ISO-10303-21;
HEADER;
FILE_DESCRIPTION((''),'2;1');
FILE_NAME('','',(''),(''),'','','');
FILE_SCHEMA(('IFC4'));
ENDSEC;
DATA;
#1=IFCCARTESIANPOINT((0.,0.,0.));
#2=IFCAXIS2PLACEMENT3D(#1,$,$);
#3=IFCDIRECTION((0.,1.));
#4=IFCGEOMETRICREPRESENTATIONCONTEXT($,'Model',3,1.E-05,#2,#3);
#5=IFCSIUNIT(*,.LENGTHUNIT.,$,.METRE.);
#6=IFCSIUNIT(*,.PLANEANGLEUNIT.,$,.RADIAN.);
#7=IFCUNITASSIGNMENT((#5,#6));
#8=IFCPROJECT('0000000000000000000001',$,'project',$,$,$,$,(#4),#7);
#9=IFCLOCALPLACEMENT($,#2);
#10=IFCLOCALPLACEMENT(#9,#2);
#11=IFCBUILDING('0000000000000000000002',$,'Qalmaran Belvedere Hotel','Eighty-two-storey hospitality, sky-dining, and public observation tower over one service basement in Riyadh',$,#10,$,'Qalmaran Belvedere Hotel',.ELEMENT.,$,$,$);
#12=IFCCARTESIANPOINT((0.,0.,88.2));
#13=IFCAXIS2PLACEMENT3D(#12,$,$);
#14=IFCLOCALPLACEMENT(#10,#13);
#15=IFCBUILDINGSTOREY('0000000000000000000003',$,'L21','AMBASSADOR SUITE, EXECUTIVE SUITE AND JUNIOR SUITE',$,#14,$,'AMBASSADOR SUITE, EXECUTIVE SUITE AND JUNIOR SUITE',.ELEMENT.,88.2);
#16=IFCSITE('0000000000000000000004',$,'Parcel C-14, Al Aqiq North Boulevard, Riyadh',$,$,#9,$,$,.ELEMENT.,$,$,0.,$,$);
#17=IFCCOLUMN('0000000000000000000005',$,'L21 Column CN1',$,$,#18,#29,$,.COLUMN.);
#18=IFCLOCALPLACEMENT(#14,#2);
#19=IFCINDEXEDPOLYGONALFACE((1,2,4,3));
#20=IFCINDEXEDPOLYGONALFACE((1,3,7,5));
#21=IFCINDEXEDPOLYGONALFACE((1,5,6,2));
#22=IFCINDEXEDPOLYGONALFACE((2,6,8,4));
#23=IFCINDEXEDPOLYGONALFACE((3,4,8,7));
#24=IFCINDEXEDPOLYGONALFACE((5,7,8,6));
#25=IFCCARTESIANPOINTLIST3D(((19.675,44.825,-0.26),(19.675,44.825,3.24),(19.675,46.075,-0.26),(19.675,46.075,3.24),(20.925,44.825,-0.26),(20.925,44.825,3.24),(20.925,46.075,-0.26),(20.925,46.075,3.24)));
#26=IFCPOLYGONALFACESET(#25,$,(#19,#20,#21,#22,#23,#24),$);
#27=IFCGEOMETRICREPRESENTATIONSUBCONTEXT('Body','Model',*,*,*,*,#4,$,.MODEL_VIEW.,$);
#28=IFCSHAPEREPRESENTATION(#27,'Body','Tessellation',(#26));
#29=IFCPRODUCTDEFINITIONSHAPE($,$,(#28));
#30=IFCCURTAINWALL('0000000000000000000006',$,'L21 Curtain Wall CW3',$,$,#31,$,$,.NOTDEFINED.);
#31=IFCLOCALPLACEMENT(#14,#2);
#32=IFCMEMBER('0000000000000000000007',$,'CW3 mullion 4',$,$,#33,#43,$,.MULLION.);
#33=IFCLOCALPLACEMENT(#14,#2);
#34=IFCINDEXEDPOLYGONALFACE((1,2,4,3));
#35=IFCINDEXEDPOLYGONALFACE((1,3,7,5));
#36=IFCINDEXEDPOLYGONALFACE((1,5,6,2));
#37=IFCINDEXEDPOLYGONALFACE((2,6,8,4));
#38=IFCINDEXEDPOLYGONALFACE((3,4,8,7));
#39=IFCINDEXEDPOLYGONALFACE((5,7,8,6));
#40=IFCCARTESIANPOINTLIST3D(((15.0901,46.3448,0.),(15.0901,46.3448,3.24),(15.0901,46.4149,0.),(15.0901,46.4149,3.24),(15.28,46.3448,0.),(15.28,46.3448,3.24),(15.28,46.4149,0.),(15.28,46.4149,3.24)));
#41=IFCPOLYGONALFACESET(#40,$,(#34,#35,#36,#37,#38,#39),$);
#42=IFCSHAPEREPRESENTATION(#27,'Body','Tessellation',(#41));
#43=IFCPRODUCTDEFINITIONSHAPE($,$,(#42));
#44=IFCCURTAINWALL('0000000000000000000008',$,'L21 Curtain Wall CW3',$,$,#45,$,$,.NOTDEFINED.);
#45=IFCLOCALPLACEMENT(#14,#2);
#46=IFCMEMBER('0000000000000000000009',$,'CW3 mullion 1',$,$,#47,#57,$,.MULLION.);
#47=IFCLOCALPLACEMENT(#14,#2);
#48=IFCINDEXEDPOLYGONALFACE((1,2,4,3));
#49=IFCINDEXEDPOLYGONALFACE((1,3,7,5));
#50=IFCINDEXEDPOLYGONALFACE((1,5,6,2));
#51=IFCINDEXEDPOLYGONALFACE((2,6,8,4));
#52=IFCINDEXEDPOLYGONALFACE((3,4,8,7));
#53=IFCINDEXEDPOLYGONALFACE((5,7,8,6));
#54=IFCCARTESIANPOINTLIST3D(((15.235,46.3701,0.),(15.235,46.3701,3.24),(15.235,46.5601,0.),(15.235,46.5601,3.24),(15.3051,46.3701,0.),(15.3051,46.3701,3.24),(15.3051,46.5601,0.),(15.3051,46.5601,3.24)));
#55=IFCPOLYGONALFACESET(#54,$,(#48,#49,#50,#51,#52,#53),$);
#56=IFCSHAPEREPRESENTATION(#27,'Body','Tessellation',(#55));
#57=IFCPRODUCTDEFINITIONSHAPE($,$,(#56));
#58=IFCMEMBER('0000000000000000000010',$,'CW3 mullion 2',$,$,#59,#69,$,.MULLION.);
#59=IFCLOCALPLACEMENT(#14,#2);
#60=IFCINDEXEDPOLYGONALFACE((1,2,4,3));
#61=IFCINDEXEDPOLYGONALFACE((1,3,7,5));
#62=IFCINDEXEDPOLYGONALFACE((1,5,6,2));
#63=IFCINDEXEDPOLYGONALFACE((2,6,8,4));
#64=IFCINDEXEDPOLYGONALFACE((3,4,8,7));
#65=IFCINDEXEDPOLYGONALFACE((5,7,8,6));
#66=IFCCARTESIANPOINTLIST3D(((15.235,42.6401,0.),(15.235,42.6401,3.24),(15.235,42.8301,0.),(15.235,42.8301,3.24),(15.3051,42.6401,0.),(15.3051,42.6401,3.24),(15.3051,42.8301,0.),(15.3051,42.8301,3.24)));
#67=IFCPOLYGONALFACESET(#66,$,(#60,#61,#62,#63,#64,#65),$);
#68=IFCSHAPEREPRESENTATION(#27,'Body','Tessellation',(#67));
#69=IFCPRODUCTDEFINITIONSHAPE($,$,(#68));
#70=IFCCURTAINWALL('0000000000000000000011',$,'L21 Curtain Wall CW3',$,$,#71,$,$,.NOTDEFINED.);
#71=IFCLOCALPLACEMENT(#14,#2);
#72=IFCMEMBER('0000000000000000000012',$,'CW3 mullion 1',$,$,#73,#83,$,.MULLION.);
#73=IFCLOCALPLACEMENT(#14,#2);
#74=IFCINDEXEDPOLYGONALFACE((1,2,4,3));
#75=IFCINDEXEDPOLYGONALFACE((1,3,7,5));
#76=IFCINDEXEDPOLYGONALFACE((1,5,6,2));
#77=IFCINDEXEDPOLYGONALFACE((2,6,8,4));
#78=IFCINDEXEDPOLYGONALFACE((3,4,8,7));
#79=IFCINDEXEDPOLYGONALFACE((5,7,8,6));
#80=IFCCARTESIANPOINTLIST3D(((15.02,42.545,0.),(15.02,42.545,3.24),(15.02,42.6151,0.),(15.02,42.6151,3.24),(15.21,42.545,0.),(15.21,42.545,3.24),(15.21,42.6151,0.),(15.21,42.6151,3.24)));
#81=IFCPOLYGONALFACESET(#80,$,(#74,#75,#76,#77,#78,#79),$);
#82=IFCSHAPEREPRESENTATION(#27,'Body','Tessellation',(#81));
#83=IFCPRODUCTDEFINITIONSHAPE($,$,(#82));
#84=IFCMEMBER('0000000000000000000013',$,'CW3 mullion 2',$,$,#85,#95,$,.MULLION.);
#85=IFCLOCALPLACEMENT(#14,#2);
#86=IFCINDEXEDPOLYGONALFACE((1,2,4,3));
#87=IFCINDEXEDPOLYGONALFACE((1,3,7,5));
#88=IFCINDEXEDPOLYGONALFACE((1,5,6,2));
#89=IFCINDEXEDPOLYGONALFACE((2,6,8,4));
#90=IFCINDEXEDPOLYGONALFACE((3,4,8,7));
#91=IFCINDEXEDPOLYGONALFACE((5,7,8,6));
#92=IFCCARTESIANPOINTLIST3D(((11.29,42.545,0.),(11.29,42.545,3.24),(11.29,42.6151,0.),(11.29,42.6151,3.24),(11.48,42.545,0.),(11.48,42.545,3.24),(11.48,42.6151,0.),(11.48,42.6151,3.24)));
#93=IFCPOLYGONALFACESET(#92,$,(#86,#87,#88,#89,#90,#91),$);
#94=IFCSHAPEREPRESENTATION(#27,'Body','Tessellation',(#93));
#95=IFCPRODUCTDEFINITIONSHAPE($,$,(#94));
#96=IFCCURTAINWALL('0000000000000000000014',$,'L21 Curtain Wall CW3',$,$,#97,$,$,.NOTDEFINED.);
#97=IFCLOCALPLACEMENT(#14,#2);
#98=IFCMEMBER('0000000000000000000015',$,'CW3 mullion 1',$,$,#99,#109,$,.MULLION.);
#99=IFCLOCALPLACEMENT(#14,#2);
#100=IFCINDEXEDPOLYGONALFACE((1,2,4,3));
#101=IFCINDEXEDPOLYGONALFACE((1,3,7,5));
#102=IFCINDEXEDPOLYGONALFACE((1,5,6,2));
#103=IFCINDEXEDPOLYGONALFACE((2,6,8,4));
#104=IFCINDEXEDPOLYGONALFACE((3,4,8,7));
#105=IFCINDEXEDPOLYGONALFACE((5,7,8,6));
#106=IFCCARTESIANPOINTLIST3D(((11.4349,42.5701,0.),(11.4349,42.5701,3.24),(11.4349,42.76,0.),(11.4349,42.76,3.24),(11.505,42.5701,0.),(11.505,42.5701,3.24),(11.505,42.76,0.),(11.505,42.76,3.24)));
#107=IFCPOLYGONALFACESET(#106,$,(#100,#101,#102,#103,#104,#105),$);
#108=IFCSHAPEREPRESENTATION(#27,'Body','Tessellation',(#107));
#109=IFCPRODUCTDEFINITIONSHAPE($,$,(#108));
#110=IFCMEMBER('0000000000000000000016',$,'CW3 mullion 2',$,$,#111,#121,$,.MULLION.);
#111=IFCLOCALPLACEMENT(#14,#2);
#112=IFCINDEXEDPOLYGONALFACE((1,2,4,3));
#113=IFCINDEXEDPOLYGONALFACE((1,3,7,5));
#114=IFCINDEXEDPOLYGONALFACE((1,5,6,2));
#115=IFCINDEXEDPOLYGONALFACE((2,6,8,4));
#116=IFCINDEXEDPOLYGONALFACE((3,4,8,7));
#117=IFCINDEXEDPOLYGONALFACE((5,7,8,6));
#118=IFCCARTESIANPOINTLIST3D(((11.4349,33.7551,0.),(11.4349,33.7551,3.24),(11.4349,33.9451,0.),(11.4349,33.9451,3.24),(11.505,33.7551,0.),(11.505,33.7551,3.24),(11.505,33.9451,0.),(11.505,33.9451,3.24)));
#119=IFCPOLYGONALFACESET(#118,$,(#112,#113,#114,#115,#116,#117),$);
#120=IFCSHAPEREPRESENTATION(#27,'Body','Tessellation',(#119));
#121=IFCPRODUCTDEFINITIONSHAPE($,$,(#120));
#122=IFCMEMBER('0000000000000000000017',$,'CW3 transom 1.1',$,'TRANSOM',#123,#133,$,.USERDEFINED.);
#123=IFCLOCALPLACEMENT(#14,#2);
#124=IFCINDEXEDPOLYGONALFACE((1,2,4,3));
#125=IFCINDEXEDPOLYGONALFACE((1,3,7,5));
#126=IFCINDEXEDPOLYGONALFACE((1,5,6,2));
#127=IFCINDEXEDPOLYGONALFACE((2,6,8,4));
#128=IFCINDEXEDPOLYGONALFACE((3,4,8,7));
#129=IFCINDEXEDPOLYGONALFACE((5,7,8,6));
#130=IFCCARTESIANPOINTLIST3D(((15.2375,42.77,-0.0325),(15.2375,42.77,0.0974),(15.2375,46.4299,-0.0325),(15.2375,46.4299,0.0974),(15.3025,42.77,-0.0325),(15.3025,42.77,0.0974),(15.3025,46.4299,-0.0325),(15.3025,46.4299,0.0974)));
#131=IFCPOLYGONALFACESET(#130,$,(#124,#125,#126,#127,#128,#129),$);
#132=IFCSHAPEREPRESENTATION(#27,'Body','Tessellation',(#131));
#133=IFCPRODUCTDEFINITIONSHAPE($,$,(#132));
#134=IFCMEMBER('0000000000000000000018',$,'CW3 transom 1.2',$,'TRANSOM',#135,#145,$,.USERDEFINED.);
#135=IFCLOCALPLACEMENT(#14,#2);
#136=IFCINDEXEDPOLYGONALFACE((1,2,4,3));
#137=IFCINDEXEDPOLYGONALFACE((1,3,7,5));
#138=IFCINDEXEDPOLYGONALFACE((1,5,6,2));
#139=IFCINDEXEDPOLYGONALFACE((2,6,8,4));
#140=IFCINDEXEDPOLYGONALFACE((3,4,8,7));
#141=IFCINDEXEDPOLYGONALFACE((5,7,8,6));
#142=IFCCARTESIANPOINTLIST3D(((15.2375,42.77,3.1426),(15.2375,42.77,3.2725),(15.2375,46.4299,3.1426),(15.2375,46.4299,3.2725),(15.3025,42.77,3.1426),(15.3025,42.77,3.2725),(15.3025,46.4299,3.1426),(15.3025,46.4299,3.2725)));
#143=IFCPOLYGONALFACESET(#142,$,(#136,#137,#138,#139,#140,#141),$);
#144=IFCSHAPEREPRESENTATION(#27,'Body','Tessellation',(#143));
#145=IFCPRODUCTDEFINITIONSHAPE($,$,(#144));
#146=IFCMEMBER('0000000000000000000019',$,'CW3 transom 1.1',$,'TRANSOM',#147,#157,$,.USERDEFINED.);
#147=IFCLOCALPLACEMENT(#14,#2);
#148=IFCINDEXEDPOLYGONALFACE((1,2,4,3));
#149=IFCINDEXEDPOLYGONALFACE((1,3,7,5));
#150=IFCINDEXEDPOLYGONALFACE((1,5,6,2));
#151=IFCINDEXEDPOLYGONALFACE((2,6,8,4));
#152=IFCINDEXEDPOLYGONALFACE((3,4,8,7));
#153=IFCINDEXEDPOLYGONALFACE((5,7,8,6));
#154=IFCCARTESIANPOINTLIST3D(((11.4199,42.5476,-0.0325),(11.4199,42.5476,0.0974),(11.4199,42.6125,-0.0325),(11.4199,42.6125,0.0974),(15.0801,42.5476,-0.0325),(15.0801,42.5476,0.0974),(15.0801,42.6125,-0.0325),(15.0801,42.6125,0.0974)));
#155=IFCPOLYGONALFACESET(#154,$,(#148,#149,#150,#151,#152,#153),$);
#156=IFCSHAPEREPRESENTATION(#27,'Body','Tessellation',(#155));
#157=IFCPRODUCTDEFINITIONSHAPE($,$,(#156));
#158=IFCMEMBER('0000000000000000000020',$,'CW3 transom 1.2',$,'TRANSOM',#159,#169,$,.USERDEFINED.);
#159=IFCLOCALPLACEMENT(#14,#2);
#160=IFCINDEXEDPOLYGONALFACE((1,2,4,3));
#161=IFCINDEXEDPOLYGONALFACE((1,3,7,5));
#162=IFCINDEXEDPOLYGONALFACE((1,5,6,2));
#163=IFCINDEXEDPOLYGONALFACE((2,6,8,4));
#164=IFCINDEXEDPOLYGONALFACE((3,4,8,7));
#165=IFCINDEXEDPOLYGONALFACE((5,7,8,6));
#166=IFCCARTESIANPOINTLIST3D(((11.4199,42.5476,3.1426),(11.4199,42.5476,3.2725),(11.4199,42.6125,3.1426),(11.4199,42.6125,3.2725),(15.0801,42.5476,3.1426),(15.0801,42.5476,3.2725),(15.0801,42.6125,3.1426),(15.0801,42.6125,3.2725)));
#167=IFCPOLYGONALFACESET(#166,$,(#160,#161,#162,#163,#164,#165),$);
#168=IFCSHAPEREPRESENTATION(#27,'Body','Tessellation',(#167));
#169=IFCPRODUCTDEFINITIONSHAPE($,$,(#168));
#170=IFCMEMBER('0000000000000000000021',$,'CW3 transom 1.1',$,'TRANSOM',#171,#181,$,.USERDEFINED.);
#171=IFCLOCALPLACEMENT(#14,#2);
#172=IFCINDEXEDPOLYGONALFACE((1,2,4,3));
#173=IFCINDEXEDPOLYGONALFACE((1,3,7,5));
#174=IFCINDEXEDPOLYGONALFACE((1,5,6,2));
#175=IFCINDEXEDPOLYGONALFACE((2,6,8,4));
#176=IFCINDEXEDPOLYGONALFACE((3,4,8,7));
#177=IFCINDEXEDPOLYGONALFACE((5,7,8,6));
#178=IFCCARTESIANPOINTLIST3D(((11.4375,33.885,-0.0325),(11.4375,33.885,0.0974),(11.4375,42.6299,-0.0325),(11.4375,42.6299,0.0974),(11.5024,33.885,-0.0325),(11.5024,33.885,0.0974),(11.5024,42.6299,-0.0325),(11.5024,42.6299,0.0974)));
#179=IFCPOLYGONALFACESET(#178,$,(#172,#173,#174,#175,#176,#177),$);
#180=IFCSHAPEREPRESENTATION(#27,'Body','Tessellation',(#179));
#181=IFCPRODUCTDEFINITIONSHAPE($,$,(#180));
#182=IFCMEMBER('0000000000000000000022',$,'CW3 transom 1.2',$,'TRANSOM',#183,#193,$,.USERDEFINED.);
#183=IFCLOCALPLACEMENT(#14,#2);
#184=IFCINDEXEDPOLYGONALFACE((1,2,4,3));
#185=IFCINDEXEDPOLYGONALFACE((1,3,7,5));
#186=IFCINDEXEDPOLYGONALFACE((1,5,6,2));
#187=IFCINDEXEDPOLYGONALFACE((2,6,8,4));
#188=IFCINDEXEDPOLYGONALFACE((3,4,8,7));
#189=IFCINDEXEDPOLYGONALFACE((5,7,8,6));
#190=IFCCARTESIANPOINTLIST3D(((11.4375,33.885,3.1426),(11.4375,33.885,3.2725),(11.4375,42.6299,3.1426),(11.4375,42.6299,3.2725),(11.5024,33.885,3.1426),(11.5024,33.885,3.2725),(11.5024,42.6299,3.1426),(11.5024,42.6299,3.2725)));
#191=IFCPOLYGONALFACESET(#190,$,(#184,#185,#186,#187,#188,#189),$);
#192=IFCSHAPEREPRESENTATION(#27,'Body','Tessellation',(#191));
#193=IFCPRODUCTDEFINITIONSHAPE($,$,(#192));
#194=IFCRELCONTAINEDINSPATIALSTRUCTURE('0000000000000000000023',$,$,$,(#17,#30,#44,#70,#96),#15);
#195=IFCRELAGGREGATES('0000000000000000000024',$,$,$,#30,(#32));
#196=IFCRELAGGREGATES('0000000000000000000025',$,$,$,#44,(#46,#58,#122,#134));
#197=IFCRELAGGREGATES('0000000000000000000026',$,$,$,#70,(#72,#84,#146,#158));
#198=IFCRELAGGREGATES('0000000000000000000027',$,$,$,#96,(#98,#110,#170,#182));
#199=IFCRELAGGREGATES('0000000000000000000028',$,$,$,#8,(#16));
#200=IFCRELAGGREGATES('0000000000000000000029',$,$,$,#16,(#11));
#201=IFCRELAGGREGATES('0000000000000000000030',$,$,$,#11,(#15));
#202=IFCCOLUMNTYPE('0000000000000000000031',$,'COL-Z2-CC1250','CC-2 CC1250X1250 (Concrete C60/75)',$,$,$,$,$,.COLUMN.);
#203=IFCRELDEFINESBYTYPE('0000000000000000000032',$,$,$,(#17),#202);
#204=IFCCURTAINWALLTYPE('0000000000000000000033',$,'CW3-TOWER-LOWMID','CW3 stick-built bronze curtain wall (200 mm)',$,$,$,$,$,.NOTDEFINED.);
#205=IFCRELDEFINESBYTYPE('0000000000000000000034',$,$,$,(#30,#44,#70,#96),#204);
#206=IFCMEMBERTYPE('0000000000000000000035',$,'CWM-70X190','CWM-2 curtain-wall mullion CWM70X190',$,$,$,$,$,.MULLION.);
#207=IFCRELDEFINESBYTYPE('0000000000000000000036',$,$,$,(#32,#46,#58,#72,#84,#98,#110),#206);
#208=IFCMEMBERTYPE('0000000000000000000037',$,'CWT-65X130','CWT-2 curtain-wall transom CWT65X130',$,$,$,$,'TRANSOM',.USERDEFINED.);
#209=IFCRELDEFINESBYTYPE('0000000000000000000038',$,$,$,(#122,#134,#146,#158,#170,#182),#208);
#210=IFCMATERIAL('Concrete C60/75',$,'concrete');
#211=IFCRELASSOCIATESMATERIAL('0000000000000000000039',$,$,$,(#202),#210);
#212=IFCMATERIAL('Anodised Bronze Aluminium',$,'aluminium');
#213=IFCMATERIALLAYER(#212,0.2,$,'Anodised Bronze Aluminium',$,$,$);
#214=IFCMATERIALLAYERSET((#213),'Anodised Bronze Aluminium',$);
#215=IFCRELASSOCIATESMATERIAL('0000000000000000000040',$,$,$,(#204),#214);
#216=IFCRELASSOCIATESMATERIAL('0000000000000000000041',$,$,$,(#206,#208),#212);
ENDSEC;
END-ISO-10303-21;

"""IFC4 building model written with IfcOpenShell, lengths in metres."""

from ifc_helpers import new_model, si_unit, direction, frame, origin, origin_2d, place, context, subcontext, project, spatial, rectangle, extrude, material, layer, layer_set, material_profile, profile_set, type_object, element, aggregate, save


model = new_model("IFC4")

# Units and contexts
model_context = context("Model", 3, precision=1e-05, world=origin(), true_north=direction((0.0, 1.0)))
body_context = subcontext(model_context, "Body", "Model", "MODEL_VIEW")
ifc_project = project(units=[si_unit("LENGTHUNIT", "METRE"), si_unit("PLANEANGLEUNIT", "RADIAN")], contexts=[model_context])

# Site, building, storey
site_placement = place(None, origin())
site = spatial("IfcSite", under=ifc_project, at=site_placement, Name="Parcel C-14, Al Aqiq North Boulevard, Riyadh", CompositionType="ELEMENT", RefElevation=0.0)
building_placement = place(site_placement, origin())
building = spatial("IfcBuilding", under=site, at=building_placement, Name="Qalmaran Belvedere Hotel", Description="Eighty-two-storey hospitality, sky-dining, and public observation tower over one service basement in Riyadh", LongName="Qalmaran Belvedere Hotel", CompositionType="ELEMENT")
storey_placement = place(building_placement, frame((0.0, 0.0, 88.2)))
storey = spatial("IfcBuildingStorey", under=building, at=storey_placement, Name="L21", Description="AMBASSADOR SUITE, EXECUTIVE SUITE AND JUNIOR SUITE", LongName="AMBASSADOR SUITE, EXECUTIVE SUITE AND JUNIOR SUITE", CompositionType="ELEMENT", Elevation=88.2)

# Column
ifc_material_1 = material(Name="Concrete C60/75", Category="concrete")
ifc_material_profile_1 = material_profile(ifc_material_1, rectangle(XDim=1.25, YDim=1.25, at=origin_2d()), Name="CC1250X1250")
ifc_profile_set_1 = profile_set([ifc_material_profile_1], Name="Concrete C60/75")
column_type = type_object("IfcColumnType", Name="COL-Z2-CC1250", Description="CC-2 CC1250X1250 (Concrete C60/75)", PredefinedType="COLUMN", material=ifc_profile_set_1)
column_placement = place(storey_placement, frame((20.3, 45.45, -0.26), z_axis=(0.0, 0.0, 1.0), x_axis=(1.0, 0.0, 0.0)))
element("IfcColumn", 1, at=column_placement, inside=storey, type_object=column_type, Name="L21 Column CN1", PredefinedType="COLUMN", context=body_context, shape_type="SweptSolid", body=[
    extrude(rectangle(XDim=1.25, YDim=1.25, at=origin_2d()), origin(), (0.0, 0.0, 1.0), 3.5),
])

# Curtain wall, member
ifc_material_2 = material(Name="Anodised Bronze Aluminium", Category="aluminium")
ifc_layer_1 = layer(ifc_material_2, 0.2, Name="Anodised Bronze Aluminium")
ifc_layer_set_1 = layer_set([ifc_layer_1], Name="Anodised Bronze Aluminium")
curtain_wall_type = type_object("IfcCurtainWallType", Name="CW3-TOWER-LOWMID", Description="CW3 stick-built bronze curtain wall (200 mm)", PredefinedType="NOTDEFINED", material=ifc_layer_set_1)
curtain_wall_1_placement = place(storey_placement, origin())
curtain_wall_1 = element("IfcCurtainWall", 2, at=curtain_wall_1_placement, inside=storey, type_object=curtain_wall_type, Name="L21 Curtain Wall CW3", PredefinedType="NOTDEFINED")
ifc_material_profile_2 = material_profile(ifc_material_2, rectangle(XDim=0.0701, YDim=0.1899, at=origin_2d()), Name="CWM70X190")
ifc_profile_set_2 = profile_set([ifc_material_profile_2], Name="Anodised Bronze Aluminium")
member_type_1 = type_object("IfcMemberType", Name="CWM-70X190", Description="CWM-2 curtain-wall mullion CWM70X190", PredefinedType="MULLION", material=ifc_profile_set_2)
member_1_placement = place(storey_placement, frame((15.1851, 46.3799, 0.0), z_axis=(0.0, 0.0, 1.0), x_axis=(0.0, -1.0, 0.0)))
member_1 = element("IfcMember", 3, at=member_1_placement, type_object=member_type_1, Name="CW3 mullion 4", PredefinedType="MULLION", context=body_context, shape_type="SweptSolid", body=[
    extrude(rectangle(XDim=0.0701, YDim=0.1899, at=origin_2d()), origin(), (0.0, 0.0, 1.0), 3.24),
])

# Curtain walls, members
curtain_wall_2_placement = place(storey_placement, origin())
curtain_wall_2 = element("IfcCurtainWall", 4, at=curtain_wall_2_placement, inside=storey, type_object=curtain_wall_type, Name="L21 Curtain Wall CW3", PredefinedType="NOTDEFINED")
member_2_placement = place(storey_placement, frame((15.27, 46.4651, 0.0), z_axis=(0.0, 0.0, 1.0), x_axis=(1.0, 0.0, 0.0)))
member_2 = element("IfcMember", 5, at=member_2_placement, type_object=member_type_1, Name="CW3 mullion 1", PredefinedType="MULLION", context=body_context, shape_type="SweptSolid", body=[
    extrude(rectangle(XDim=0.0701, YDim=0.1899, at=origin_2d()), origin(), (0.0, 0.0, 1.0), 3.24),
])
member_3_placement = place(storey_placement, frame((15.27, 42.7351, 0.0), z_axis=(0.0, 0.0, 1.0), x_axis=(1.0, 0.0, 0.0)))
member_3 = element("IfcMember", 6, at=member_3_placement, type_object=member_type_1, Name="CW3 mullion 2", PredefinedType="MULLION", context=body_context, shape_type="SweptSolid", body=[
    extrude(rectangle(XDim=0.0701, YDim=0.1899, at=origin_2d()), origin(), (0.0, 0.0, 1.0), 3.24),
])
curtain_wall_3_placement = place(storey_placement, origin())
curtain_wall_3 = element("IfcCurtainWall", 7, at=curtain_wall_3_placement, inside=storey, type_object=curtain_wall_type, Name="L21 Curtain Wall CW3", PredefinedType="NOTDEFINED")
member_4_placement = place(storey_placement, frame((15.115, 42.5801, 0.0), z_axis=(0.0, 0.0, 1.0), x_axis=(0.0, -1.0, 0.0)))
member_4 = element("IfcMember", 8, at=member_4_placement, type_object=member_type_1, Name="CW3 mullion 1", PredefinedType="MULLION", context=body_context, shape_type="SweptSolid", body=[
    extrude(rectangle(XDim=0.0701, YDim=0.1899, at=origin_2d()), origin(), (0.0, 0.0, 1.0), 3.24),
])
member_5_placement = place(storey_placement, frame((11.385, 42.5801, 0.0), z_axis=(0.0, 0.0, 1.0), x_axis=(0.0, -1.0, 0.0)))
member_5 = element("IfcMember", 9, at=member_5_placement, type_object=member_type_1, Name="CW3 mullion 2", PredefinedType="MULLION", context=body_context, shape_type="SweptSolid", body=[
    extrude(rectangle(XDim=0.0701, YDim=0.1899, at=origin_2d()), origin(), (0.0, 0.0, 1.0), 3.24),
])
curtain_wall_4_placement = place(storey_placement, origin())
curtain_wall_4 = element("IfcCurtainWall", 10, at=curtain_wall_4_placement, inside=storey, type_object=curtain_wall_type, Name="L21 Curtain Wall CW3", PredefinedType="NOTDEFINED")
member_6_placement = place(storey_placement, frame((11.47, 42.665, 0.0), z_axis=(0.0, 0.0, 1.0), x_axis=(1.0, 0.0, 0.0)))
member_6 = element("IfcMember", 11, at=member_6_placement, type_object=member_type_1, Name="CW3 mullion 1", PredefinedType="MULLION", context=body_context, shape_type="SweptSolid", body=[
    extrude(rectangle(XDim=0.0701, YDim=0.1899, at=origin_2d()), origin(), (0.0, 0.0, 1.0), 3.24),
])
member_7_placement = place(storey_placement, frame((11.47, 33.8501, 0.0), z_axis=(0.0, 0.0, 1.0), x_axis=(1.0, 0.0, 0.0)))
member_7 = element("IfcMember", 12, at=member_7_placement, type_object=member_type_1, Name="CW3 mullion 2", PredefinedType="MULLION", context=body_context, shape_type="SweptSolid", body=[
    extrude(rectangle(XDim=0.0701, YDim=0.1899, at=origin_2d()), origin(), (0.0, 0.0, 1.0), 3.24),
])

# Members
ifc_material_profile_3 = material_profile(ifc_material_2, rectangle(XDim=0.0649, YDim=0.1299, at=origin_2d()), Name="CWT65X130")
ifc_profile_set_3 = profile_set([ifc_material_profile_3], Name="Anodised Bronze Aluminium")
member_type_2 = type_object("IfcMemberType", Name="CWT-65X130", Description="CWT-2 curtain-wall transom CWT65X130", ElementType="TRANSOM", PredefinedType="USERDEFINED", material=ifc_profile_set_3)
member_8_placement = place(storey_placement, frame((15.27, 46.4299, 0.0325), z_axis=(0.0, -1.0, 0.0), x_axis=(1.0, 0.0, 0.0)))
member_8 = element("IfcMember", 13, at=member_8_placement, type_object=member_type_2, Name="CW3 transom 1.1", ObjectType="TRANSOM", PredefinedType="USERDEFINED", context=body_context, shape_type="SweptSolid", body=[
    extrude(rectangle(XDim=0.0649, YDim=0.1299, at=origin_2d()), origin(), (0.0, 0.0, 1.0), 3.6599),
])
member_9_placement = place(storey_placement, frame((15.27, 46.4299, 3.2075), z_axis=(0.0, -1.0, 0.0), x_axis=(1.0, 0.0, 0.0)))
member_9 = element("IfcMember", 14, at=member_9_placement, type_object=member_type_2, Name="CW3 transom 1.2", ObjectType="TRANSOM", PredefinedType="USERDEFINED", context=body_context, shape_type="SweptSolid", body=[
    extrude(rectangle(XDim=0.0649, YDim=0.1299, at=origin_2d()), origin(), (0.0, 0.0, 1.0), 3.6599),
])
member_10_placement = place(storey_placement, frame((15.0801, 42.5801, 0.0325), z_axis=(-1.0, 0.0, 0.0), x_axis=(0.0, -1.0, 0.0)))
member_10 = element("IfcMember", 15, at=member_10_placement, type_object=member_type_2, Name="CW3 transom 1.1", ObjectType="TRANSOM", PredefinedType="USERDEFINED", context=body_context, shape_type="SweptSolid", body=[
    extrude(rectangle(XDim=0.0649, YDim=0.1299, at=origin_2d()), origin(), (0.0, 0.0, 1.0), 3.6602),
])
member_11_placement = place(storey_placement, frame((15.0801, 42.5801, 3.2075), z_axis=(-1.0, 0.0, 0.0), x_axis=(0.0, -1.0, 0.0)))
member_11 = element("IfcMember", 16, at=member_11_placement, type_object=member_type_2, Name="CW3 transom 1.2", ObjectType="TRANSOM", PredefinedType="USERDEFINED", context=body_context, shape_type="SweptSolid", body=[
    extrude(rectangle(XDim=0.0649, YDim=0.1299, at=origin_2d()), origin(), (0.0, 0.0, 1.0), 3.6602),
])
member_12_placement = place(storey_placement, frame((11.47, 42.6299, 0.0325), z_axis=(0.0, -1.0, 0.0), x_axis=(1.0, 0.0, 0.0)))
member_12 = element("IfcMember", 17, at=member_12_placement, type_object=member_type_2, Name="CW3 transom 1.1", ObjectType="TRANSOM", PredefinedType="USERDEFINED", context=body_context, shape_type="SweptSolid", body=[
    extrude(rectangle(XDim=0.0649, YDim=0.1299, at=origin_2d()), origin(), (0.0, 0.0, 1.0), 8.7449),
])
member_13_placement = place(storey_placement, frame((11.47, 42.6299, 3.2075), z_axis=(0.0, -1.0, 0.0), x_axis=(1.0, 0.0, 0.0)))
member_13 = element("IfcMember", 18, at=member_13_placement, type_object=member_type_2, Name="CW3 transom 1.2", ObjectType="TRANSOM", PredefinedType="USERDEFINED", context=body_context, shape_type="SweptSolid", body=[
    extrude(rectangle(XDim=0.0649, YDim=0.1299, at=origin_2d()), origin(), (0.0, 0.0, 1.0), 8.7449),
])

aggregate(curtain_wall_1, [member_1])
aggregate(curtain_wall_2, [member_2, member_3, member_8, member_9])
aggregate(curtain_wall_3, [member_4, member_5, member_10, member_11])
aggregate(curtain_wall_4, [member_6, member_7, member_12, member_13])

save(model, "model.ifc")
